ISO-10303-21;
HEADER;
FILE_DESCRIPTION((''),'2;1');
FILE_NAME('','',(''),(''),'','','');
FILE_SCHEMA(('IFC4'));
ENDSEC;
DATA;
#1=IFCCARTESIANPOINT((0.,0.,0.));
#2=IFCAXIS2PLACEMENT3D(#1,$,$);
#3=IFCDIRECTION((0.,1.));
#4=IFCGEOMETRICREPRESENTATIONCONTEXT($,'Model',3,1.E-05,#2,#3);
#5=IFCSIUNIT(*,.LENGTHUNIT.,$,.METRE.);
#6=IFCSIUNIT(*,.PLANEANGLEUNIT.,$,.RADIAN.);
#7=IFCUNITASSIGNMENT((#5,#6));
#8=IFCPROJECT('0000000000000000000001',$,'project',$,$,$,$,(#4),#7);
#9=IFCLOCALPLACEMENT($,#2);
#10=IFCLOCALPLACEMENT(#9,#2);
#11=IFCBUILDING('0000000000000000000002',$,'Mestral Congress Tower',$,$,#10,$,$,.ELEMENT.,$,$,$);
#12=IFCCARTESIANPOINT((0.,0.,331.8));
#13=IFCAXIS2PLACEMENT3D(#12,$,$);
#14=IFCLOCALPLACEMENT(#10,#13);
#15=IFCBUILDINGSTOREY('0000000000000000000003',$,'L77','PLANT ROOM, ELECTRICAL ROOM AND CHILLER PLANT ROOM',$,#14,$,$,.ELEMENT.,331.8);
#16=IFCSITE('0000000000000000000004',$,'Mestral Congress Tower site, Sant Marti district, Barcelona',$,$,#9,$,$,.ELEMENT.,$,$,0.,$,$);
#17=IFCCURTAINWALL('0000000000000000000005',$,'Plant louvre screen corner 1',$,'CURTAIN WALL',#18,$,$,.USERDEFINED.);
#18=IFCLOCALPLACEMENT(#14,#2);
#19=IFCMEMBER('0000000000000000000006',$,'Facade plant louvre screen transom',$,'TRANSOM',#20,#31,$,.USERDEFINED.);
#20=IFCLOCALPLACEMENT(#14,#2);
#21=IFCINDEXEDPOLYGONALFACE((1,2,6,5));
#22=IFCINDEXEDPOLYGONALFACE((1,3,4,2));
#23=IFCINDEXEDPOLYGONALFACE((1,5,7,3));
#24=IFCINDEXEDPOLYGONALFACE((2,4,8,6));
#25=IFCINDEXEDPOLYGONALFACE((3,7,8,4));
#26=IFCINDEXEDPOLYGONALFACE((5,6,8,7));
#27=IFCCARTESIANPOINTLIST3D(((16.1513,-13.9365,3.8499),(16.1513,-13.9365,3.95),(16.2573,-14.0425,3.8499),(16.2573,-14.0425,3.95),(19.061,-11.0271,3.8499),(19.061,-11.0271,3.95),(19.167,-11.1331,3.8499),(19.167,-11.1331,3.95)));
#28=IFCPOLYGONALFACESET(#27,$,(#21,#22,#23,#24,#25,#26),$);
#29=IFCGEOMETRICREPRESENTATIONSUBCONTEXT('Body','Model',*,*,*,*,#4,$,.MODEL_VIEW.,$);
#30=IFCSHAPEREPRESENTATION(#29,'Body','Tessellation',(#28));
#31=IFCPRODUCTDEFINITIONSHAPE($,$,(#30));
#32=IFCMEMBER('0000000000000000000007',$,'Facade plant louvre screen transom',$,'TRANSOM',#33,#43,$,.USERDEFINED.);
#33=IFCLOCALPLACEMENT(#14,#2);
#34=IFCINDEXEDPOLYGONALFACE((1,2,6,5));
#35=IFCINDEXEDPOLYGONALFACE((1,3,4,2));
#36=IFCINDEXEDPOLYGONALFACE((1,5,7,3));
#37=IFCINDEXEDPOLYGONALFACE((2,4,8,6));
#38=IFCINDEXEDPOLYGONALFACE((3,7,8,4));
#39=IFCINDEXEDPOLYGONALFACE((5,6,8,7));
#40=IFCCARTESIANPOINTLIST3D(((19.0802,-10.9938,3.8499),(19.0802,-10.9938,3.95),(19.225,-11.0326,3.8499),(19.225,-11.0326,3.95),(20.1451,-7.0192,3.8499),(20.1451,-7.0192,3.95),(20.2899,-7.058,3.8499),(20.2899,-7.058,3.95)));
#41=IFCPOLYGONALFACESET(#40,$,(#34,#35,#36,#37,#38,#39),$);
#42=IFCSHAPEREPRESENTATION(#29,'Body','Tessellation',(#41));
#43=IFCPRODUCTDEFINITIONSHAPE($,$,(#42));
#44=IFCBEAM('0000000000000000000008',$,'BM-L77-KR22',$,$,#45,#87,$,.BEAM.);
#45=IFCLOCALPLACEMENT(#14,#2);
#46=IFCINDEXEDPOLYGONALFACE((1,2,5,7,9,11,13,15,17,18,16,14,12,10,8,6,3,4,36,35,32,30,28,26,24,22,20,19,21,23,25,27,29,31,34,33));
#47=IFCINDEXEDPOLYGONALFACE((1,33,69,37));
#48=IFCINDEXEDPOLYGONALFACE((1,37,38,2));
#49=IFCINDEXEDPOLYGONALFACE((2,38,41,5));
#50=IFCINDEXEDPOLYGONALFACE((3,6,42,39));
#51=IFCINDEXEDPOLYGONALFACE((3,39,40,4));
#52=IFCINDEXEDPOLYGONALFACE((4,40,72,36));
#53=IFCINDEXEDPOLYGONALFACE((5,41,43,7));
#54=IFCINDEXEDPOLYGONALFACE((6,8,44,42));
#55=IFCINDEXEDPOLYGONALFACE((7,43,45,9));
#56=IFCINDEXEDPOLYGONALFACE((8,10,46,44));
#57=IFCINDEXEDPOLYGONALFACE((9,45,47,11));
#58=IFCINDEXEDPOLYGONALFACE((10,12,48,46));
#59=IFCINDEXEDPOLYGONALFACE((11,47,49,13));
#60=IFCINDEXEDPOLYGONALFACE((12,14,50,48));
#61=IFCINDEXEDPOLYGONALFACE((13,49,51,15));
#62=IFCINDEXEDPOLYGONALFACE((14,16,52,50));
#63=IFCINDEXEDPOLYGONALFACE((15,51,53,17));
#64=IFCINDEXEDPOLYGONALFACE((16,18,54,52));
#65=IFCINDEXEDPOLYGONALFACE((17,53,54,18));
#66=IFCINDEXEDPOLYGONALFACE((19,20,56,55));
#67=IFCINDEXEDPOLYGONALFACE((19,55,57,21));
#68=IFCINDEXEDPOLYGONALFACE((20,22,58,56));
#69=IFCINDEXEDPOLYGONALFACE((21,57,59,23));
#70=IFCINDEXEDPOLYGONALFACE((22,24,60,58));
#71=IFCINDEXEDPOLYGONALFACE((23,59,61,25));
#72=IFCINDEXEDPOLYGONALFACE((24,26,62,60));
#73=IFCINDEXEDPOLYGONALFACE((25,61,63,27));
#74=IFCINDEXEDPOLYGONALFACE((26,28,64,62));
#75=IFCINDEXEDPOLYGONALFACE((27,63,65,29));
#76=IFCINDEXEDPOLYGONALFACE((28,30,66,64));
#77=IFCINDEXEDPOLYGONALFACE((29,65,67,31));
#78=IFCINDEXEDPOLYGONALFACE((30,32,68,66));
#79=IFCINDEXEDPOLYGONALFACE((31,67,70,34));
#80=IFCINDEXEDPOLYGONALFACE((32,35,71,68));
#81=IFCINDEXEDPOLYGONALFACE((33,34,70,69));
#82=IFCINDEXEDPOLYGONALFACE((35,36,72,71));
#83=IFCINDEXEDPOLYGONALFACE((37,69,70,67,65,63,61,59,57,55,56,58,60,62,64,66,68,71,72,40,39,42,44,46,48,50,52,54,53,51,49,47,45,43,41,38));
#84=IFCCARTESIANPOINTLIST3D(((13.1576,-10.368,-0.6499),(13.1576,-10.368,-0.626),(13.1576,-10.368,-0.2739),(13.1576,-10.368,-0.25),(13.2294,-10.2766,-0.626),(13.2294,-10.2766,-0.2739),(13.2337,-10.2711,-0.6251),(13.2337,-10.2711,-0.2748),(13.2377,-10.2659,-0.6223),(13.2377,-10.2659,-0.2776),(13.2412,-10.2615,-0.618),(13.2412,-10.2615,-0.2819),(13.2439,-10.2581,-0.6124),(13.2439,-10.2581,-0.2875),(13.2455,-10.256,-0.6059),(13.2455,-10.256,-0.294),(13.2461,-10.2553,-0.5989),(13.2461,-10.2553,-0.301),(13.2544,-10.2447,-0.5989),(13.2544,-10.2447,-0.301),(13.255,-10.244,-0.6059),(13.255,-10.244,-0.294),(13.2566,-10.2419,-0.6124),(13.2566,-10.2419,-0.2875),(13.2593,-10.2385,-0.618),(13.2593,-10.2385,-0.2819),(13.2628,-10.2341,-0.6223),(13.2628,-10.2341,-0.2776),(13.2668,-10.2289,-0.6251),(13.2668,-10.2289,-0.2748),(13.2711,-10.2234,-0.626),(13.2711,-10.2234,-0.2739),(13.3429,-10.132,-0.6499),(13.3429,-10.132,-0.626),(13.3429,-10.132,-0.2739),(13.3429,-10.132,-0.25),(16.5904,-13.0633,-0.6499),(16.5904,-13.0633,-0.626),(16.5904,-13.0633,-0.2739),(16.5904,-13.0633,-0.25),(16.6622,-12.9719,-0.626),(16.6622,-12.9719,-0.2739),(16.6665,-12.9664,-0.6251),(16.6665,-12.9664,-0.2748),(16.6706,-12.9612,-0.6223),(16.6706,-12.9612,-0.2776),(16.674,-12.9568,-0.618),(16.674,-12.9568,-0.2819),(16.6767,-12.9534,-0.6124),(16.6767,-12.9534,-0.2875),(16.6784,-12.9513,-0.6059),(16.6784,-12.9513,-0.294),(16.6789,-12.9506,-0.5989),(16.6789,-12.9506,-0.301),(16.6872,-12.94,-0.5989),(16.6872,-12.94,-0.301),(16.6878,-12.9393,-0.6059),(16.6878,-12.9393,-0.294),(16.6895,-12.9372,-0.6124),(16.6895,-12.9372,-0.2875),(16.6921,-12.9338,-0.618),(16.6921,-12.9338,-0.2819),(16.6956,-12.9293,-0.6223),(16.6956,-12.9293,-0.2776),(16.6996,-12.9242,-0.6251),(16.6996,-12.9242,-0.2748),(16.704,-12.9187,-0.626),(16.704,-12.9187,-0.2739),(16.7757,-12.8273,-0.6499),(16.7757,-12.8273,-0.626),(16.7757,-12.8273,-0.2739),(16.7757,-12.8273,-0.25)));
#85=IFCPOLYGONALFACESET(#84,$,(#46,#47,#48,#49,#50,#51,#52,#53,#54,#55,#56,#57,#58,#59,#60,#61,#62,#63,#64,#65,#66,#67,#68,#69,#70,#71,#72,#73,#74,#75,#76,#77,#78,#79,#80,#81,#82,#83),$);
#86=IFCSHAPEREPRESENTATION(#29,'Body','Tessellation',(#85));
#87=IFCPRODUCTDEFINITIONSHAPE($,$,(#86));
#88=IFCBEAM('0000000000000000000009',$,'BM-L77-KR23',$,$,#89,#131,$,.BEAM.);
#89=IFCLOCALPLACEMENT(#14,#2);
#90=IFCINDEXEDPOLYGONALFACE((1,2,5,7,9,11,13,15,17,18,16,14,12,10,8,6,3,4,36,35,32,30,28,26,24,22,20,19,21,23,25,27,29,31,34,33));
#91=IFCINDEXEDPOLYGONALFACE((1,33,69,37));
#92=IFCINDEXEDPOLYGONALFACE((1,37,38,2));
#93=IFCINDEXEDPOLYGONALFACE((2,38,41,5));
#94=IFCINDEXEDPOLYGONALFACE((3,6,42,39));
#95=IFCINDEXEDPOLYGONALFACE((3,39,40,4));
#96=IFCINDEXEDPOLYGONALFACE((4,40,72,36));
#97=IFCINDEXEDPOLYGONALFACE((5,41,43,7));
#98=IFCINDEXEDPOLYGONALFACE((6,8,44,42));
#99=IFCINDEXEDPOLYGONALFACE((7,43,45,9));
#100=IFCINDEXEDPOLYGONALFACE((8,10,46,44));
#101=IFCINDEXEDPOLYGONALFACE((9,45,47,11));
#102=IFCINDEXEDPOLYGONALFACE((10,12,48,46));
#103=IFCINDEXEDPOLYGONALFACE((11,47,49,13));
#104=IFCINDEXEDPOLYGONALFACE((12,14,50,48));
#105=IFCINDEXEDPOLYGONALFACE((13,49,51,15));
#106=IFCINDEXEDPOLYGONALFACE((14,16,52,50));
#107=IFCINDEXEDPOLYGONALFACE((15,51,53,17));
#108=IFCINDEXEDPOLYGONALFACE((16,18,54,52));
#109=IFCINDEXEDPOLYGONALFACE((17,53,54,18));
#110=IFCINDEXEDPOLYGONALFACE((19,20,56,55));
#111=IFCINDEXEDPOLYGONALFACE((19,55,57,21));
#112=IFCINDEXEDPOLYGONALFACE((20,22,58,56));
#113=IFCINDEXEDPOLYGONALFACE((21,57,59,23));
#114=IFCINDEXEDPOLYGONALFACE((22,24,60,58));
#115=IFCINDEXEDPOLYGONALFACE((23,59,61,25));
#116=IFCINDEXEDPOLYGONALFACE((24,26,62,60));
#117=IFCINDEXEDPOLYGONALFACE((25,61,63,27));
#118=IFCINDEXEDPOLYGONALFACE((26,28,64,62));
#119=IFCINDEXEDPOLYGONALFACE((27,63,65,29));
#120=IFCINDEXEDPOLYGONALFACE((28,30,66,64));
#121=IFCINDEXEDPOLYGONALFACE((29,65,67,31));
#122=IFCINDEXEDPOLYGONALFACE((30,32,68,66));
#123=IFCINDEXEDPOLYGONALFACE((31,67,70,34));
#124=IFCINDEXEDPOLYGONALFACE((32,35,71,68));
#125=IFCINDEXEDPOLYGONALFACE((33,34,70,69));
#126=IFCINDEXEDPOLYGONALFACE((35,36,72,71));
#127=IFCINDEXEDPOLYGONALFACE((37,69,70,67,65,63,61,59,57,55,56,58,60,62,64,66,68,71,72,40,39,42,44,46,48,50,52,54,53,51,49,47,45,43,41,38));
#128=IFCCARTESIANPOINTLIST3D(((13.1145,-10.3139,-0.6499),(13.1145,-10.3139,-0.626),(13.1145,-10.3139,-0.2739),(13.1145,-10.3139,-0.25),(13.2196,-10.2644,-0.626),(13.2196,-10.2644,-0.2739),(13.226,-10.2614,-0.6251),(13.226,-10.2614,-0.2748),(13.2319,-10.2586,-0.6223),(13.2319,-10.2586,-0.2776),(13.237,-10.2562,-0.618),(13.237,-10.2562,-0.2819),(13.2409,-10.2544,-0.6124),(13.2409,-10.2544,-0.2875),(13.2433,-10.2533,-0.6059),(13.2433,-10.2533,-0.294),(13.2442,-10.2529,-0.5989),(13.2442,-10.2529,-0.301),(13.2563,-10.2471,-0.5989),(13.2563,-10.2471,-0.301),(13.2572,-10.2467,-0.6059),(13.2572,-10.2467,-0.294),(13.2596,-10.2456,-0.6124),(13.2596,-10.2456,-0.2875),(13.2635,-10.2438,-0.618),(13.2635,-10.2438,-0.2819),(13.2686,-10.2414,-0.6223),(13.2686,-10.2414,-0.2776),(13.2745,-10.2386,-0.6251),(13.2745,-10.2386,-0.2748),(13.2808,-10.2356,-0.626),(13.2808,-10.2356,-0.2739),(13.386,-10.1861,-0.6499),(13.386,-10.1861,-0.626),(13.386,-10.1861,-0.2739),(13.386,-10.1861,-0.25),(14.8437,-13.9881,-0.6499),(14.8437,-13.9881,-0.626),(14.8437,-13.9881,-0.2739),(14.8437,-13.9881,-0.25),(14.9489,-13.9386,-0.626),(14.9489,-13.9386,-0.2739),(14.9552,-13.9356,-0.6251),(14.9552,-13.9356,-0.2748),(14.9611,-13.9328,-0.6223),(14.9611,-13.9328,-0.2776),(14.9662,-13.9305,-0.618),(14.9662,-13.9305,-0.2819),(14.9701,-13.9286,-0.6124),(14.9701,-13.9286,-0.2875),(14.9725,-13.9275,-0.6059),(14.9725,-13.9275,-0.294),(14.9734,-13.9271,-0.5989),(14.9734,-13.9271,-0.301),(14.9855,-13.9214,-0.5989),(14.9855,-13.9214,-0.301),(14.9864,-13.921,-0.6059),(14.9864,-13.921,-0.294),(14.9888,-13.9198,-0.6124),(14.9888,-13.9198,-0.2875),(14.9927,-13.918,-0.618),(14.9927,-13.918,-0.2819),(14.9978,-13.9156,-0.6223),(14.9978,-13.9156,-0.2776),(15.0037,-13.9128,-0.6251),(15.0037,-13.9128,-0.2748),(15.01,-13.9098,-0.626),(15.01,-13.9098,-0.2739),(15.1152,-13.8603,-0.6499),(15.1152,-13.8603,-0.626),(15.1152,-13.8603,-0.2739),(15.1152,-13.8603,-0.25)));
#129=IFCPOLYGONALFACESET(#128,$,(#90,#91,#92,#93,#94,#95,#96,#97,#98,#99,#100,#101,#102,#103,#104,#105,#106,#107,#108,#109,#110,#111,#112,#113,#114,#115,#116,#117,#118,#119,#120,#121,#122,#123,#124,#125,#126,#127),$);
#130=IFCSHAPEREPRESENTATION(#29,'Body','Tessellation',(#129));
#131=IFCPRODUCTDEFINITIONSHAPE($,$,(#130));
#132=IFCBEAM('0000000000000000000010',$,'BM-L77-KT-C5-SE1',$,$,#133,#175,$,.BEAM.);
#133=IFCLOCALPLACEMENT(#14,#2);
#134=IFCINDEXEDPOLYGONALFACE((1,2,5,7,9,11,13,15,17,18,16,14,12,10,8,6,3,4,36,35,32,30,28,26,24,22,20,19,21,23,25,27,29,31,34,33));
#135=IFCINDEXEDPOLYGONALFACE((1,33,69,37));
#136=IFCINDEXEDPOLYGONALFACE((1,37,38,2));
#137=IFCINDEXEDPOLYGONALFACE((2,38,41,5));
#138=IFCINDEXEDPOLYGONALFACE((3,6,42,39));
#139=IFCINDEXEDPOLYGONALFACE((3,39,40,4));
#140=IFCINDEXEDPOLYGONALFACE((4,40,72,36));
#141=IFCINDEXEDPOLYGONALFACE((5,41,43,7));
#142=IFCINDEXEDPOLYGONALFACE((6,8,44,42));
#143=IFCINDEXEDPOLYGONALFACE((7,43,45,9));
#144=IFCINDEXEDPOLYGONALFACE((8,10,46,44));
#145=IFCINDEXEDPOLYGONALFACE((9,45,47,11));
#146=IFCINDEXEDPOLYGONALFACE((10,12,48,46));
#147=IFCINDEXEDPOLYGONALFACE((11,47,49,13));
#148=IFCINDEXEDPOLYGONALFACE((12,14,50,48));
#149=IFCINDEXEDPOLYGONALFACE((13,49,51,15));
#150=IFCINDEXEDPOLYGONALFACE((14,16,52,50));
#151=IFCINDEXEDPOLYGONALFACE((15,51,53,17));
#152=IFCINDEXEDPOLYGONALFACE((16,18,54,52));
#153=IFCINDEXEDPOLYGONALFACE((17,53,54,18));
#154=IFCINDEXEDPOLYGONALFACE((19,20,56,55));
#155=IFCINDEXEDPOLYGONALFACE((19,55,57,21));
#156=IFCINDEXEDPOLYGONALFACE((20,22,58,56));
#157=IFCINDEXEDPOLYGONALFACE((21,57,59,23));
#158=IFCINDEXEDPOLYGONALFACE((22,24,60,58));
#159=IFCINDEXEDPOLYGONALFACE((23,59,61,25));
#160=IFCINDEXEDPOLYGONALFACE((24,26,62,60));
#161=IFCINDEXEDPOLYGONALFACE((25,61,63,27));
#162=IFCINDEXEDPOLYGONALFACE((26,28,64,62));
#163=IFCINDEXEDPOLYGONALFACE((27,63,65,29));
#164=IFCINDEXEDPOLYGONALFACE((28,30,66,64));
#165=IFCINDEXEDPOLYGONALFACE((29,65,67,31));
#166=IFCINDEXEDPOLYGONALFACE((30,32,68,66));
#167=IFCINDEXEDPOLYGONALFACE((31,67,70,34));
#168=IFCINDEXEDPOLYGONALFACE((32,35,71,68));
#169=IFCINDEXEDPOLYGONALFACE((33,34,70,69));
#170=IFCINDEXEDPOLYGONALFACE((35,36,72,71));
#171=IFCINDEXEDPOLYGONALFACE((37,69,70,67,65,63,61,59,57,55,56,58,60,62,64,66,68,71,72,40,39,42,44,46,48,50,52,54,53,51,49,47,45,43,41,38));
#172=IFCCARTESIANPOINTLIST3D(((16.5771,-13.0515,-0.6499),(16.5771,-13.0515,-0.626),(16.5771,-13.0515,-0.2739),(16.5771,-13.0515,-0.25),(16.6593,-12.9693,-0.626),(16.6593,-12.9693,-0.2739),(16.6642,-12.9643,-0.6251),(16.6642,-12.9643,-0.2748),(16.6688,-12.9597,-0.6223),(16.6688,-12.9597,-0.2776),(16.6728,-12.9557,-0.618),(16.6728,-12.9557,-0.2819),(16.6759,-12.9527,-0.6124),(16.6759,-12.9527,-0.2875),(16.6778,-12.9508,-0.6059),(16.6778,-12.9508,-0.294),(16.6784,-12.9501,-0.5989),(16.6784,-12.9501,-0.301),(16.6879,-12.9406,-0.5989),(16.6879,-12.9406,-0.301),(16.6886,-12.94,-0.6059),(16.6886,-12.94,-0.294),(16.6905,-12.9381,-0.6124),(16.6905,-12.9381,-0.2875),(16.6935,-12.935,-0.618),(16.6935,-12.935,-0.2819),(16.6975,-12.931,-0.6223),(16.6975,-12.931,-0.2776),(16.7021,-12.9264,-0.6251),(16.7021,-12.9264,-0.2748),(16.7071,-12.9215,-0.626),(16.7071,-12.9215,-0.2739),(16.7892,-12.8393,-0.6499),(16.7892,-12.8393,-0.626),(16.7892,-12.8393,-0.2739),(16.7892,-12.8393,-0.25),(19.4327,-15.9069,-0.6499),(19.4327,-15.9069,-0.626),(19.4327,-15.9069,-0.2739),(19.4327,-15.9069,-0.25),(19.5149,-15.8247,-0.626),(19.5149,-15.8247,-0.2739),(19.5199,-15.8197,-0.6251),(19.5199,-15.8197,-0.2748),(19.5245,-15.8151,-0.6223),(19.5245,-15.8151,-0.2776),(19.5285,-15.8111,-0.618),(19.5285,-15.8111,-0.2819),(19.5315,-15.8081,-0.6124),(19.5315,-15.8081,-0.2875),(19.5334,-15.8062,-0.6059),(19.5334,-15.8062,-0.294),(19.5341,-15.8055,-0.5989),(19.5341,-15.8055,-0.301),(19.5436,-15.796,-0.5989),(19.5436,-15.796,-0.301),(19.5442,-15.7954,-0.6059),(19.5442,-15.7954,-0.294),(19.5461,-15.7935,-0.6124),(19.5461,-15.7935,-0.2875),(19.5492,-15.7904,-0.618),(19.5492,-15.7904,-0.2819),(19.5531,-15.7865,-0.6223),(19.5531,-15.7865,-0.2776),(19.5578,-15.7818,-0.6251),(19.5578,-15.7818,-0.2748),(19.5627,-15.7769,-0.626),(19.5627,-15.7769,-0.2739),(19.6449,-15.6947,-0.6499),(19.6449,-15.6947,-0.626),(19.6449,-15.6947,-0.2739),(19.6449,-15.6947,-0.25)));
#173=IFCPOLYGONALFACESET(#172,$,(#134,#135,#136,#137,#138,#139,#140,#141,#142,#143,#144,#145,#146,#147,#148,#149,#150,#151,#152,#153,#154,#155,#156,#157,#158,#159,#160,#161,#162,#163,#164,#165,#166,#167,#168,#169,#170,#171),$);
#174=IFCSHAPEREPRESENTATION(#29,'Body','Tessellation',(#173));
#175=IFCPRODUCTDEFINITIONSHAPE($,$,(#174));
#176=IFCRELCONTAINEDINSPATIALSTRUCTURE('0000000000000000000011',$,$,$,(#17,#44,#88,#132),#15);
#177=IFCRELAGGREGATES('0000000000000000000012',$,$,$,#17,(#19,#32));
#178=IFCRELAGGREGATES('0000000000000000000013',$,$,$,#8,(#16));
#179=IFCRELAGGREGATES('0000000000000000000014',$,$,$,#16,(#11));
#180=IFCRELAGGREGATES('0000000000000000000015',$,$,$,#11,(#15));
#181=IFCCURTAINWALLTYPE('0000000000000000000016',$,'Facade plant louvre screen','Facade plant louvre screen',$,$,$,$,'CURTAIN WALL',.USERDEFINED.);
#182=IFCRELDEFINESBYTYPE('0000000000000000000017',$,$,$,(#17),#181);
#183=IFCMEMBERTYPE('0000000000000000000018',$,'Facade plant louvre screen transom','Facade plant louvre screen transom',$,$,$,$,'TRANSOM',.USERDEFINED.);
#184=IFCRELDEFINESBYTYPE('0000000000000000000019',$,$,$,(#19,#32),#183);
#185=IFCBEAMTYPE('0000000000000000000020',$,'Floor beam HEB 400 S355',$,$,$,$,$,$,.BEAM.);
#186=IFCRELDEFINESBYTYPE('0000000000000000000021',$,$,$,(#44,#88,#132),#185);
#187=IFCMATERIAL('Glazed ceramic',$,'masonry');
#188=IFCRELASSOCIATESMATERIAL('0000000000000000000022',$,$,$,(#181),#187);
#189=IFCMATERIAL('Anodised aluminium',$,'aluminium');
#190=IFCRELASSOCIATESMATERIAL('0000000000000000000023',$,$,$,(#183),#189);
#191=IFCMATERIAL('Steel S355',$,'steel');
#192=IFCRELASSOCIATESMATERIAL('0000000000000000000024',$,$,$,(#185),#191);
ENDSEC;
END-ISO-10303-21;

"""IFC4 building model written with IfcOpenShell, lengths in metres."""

from ifc_helpers import new_model, si_unit, direction, frame, origin, origin_2d, place, context, subcontext, project, spatial, rectangle, i_section, extrude, material, material_profile, profile_set, type_object, element, aggregate, save


model = new_model("IFC4")

# Units and contexts
model_context = context("Model", 3, precision=1e-05, world=origin(), true_north=direction((0.0, 1.0)))
body_context = subcontext(model_context, "Body", "Model", "MODEL_VIEW")
ifc_project = project(units=[si_unit("LENGTHUNIT", "METRE"), si_unit("PLANEANGLEUNIT", "RADIAN")], contexts=[model_context])

# Site, building, storey
site_placement = place(None, origin())
site = spatial("IfcSite", under=ifc_project, at=site_placement, Name="Mestral Congress Tower site, Sant Marti district, Barcelona", CompositionType="ELEMENT", RefElevation=0.0)
building_placement = place(site_placement, origin())
building = spatial("IfcBuilding", under=site, at=building_placement, Name="Mestral Congress Tower", CompositionType="ELEMENT")
storey_placement = place(building_placement, frame((0.0, 0.0, 331.8)))
storey = spatial("IfcBuildingStorey", under=building, at=storey_placement, Name="L77", Description="PLANT ROOM, ELECTRICAL ROOM AND CHILLER PLANT ROOM", CompositionType="ELEMENT", Elevation=331.8)

# Shared definitions
ifc_material_1 = material(Name="Steel S355", Category="steel")

# Curtain wall, members
ifc_material_2 = material(Name="Glazed ceramic", Category="masonry")
curtain_wall_type = type_object("IfcCurtainWallType", Name="Facade plant louvre screen", Description="Facade plant louvre screen", ElementType="CURTAIN WALL", PredefinedType="USERDEFINED", material=ifc_material_2)
curtain_wall_placement = place(storey_placement, origin())
curtain_wall = element("IfcCurtainWall", 1, at=curtain_wall_placement, inside=storey, type_object=curtain_wall_type, Name="Plant louvre screen corner 1", ObjectType="CURTAIN WALL", PredefinedType="USERDEFINED")
ifc_material_3 = material(Name="Anodised aluminium", Category="aluminium")
ifc_material_profile_1 = material_profile(ifc_material_3, rectangle(XDim=0.1499, YDim=0.1001, at=origin_2d()), Name="CW6 transom 150 x 100")
ifc_profile_set_1 = profile_set([ifc_material_profile_1], Name="Anodised aluminium")
member_type_1 = type_object("IfcMemberType", Name="Facade plant louvre screen transom", Description="Facade plant louvre screen transom", ElementType="TRANSOM", PredefinedType="USERDEFINED", material=ifc_profile_set_1)
member_1_placement = place(storey_placement, frame((16.2043, -13.9895, 3.8999), z_axis=(0.707136, 0.707077, 0.0), x_axis=(-0.707077, 0.707136, 0.0)))
member_1 = element("IfcMember", 2, at=member_1_placement, type_object=member_type_1, Name="Facade plant louvre screen transom", ObjectType="TRANSOM", PredefinedType="USERDEFINED", context=body_context, shape_type="SweptSolid", body=[
    extrude(rectangle(XDim=0.1499, YDim=0.1001, at=origin_2d()), origin(), (0.0, 0.0, 1.0), 4.1147),
])
member_2_placement = place(storey_placement, frame((19.1526, -11.0132, 3.8999), z_axis=(0.258807, 0.965929, 0.0), x_axis=(-0.965929, 0.258807, 0.0)))
member_2 = element("IfcMember", 3, at=member_2_placement, type_object=member_type_1, Name="Facade plant louvre screen transom", ObjectType="TRANSOM", PredefinedType="USERDEFINED", context=body_context, shape_type="SweptSolid", body=[
    extrude(rectangle(XDim=0.1499, YDim=0.1001, at=origin_2d()), origin(), (0.0, 0.0, 1.0), 4.1147),
])

# Beams
ifc_material_profile_2 = material_profile(ifc_material_1, i_section(OverallWidth=0.3, OverallDepth=0.3999, WebThickness=0.0134, FlangeThickness=0.0239, FilletRadius=0.0271, at=origin_2d()), Name="HEB 400")
ifc_profile_set_2 = profile_set([ifc_material_profile_2], Name="Steel S355")
beam_type_1 = type_object("IfcBeamType", Name="Floor beam HEB 400 S355", PredefinedType="BEAM", material=ifc_profile_set_2)
beam_1_placement = place(storey_placement, frame((13.2502, -10.25, -0.45), z_axis=(0.786534, -0.617547, 0.0), x_axis=(0.617547, 0.786534, 0.0)))
element("IfcBeam", 4, at=beam_1_placement, inside=storey, type_object=beam_type_1, Name="BM-L77-KR22", PredefinedType="BEAM", context=body_context, shape_type="SweptSolid", body=[
    extrude(i_section(OverallWidth=0.3, OverallDepth=0.3999, WebThickness=0.0134, FlangeThickness=0.0239, FilletRadius=0.0271, at=origin_2d()), origin(), (0.0, 0.0, 1.0), 4.3645),
])
beam_2_placement = place(storey_placement, frame((13.2502, -10.25, -0.45), z_axis=(0.425829, -0.904804, 0.0), x_axis=(0.904804, 0.425829, 0.0)))
element("IfcBeam", 5, at=beam_2_placement, inside=storey, type_object=beam_type_1, Name="BM-L77-KR23", PredefinedType="BEAM", context=body_context, shape_type="SweptSolid", body=[
    extrude(i_section(OverallWidth=0.3, OverallDepth=0.3999, WebThickness=0.0134, FlangeThickness=0.0239, FilletRadius=0.0271, at=origin_2d()), origin(), (0.0, 0.0, 1.0), 4.0608),
])
beam_3_placement = place(storey_placement, frame((19.5388, -15.8008, -0.45), z_axis=(-0.707137, 0.707077, 0.0), x_axis=(-0.707077, -0.707137, 0.0)))
element("IfcBeam", 6, at=beam_3_placement, inside=storey, type_object=beam_type_1, Name="BM-L77-KT-C5-SE1", PredefinedType="BEAM", context=body_context, shape_type="SweptSolid", body=[
    extrude(i_section(OverallWidth=0.3, OverallDepth=0.3999, WebThickness=0.0134, FlangeThickness=0.0239, FilletRadius=0.0271, at=origin_2d()), origin(), (0.0, 0.0, 1.0), 4.0383),
])

aggregate(curtain_wall, [member_1, member_2])

save(model, "model.ifc")
